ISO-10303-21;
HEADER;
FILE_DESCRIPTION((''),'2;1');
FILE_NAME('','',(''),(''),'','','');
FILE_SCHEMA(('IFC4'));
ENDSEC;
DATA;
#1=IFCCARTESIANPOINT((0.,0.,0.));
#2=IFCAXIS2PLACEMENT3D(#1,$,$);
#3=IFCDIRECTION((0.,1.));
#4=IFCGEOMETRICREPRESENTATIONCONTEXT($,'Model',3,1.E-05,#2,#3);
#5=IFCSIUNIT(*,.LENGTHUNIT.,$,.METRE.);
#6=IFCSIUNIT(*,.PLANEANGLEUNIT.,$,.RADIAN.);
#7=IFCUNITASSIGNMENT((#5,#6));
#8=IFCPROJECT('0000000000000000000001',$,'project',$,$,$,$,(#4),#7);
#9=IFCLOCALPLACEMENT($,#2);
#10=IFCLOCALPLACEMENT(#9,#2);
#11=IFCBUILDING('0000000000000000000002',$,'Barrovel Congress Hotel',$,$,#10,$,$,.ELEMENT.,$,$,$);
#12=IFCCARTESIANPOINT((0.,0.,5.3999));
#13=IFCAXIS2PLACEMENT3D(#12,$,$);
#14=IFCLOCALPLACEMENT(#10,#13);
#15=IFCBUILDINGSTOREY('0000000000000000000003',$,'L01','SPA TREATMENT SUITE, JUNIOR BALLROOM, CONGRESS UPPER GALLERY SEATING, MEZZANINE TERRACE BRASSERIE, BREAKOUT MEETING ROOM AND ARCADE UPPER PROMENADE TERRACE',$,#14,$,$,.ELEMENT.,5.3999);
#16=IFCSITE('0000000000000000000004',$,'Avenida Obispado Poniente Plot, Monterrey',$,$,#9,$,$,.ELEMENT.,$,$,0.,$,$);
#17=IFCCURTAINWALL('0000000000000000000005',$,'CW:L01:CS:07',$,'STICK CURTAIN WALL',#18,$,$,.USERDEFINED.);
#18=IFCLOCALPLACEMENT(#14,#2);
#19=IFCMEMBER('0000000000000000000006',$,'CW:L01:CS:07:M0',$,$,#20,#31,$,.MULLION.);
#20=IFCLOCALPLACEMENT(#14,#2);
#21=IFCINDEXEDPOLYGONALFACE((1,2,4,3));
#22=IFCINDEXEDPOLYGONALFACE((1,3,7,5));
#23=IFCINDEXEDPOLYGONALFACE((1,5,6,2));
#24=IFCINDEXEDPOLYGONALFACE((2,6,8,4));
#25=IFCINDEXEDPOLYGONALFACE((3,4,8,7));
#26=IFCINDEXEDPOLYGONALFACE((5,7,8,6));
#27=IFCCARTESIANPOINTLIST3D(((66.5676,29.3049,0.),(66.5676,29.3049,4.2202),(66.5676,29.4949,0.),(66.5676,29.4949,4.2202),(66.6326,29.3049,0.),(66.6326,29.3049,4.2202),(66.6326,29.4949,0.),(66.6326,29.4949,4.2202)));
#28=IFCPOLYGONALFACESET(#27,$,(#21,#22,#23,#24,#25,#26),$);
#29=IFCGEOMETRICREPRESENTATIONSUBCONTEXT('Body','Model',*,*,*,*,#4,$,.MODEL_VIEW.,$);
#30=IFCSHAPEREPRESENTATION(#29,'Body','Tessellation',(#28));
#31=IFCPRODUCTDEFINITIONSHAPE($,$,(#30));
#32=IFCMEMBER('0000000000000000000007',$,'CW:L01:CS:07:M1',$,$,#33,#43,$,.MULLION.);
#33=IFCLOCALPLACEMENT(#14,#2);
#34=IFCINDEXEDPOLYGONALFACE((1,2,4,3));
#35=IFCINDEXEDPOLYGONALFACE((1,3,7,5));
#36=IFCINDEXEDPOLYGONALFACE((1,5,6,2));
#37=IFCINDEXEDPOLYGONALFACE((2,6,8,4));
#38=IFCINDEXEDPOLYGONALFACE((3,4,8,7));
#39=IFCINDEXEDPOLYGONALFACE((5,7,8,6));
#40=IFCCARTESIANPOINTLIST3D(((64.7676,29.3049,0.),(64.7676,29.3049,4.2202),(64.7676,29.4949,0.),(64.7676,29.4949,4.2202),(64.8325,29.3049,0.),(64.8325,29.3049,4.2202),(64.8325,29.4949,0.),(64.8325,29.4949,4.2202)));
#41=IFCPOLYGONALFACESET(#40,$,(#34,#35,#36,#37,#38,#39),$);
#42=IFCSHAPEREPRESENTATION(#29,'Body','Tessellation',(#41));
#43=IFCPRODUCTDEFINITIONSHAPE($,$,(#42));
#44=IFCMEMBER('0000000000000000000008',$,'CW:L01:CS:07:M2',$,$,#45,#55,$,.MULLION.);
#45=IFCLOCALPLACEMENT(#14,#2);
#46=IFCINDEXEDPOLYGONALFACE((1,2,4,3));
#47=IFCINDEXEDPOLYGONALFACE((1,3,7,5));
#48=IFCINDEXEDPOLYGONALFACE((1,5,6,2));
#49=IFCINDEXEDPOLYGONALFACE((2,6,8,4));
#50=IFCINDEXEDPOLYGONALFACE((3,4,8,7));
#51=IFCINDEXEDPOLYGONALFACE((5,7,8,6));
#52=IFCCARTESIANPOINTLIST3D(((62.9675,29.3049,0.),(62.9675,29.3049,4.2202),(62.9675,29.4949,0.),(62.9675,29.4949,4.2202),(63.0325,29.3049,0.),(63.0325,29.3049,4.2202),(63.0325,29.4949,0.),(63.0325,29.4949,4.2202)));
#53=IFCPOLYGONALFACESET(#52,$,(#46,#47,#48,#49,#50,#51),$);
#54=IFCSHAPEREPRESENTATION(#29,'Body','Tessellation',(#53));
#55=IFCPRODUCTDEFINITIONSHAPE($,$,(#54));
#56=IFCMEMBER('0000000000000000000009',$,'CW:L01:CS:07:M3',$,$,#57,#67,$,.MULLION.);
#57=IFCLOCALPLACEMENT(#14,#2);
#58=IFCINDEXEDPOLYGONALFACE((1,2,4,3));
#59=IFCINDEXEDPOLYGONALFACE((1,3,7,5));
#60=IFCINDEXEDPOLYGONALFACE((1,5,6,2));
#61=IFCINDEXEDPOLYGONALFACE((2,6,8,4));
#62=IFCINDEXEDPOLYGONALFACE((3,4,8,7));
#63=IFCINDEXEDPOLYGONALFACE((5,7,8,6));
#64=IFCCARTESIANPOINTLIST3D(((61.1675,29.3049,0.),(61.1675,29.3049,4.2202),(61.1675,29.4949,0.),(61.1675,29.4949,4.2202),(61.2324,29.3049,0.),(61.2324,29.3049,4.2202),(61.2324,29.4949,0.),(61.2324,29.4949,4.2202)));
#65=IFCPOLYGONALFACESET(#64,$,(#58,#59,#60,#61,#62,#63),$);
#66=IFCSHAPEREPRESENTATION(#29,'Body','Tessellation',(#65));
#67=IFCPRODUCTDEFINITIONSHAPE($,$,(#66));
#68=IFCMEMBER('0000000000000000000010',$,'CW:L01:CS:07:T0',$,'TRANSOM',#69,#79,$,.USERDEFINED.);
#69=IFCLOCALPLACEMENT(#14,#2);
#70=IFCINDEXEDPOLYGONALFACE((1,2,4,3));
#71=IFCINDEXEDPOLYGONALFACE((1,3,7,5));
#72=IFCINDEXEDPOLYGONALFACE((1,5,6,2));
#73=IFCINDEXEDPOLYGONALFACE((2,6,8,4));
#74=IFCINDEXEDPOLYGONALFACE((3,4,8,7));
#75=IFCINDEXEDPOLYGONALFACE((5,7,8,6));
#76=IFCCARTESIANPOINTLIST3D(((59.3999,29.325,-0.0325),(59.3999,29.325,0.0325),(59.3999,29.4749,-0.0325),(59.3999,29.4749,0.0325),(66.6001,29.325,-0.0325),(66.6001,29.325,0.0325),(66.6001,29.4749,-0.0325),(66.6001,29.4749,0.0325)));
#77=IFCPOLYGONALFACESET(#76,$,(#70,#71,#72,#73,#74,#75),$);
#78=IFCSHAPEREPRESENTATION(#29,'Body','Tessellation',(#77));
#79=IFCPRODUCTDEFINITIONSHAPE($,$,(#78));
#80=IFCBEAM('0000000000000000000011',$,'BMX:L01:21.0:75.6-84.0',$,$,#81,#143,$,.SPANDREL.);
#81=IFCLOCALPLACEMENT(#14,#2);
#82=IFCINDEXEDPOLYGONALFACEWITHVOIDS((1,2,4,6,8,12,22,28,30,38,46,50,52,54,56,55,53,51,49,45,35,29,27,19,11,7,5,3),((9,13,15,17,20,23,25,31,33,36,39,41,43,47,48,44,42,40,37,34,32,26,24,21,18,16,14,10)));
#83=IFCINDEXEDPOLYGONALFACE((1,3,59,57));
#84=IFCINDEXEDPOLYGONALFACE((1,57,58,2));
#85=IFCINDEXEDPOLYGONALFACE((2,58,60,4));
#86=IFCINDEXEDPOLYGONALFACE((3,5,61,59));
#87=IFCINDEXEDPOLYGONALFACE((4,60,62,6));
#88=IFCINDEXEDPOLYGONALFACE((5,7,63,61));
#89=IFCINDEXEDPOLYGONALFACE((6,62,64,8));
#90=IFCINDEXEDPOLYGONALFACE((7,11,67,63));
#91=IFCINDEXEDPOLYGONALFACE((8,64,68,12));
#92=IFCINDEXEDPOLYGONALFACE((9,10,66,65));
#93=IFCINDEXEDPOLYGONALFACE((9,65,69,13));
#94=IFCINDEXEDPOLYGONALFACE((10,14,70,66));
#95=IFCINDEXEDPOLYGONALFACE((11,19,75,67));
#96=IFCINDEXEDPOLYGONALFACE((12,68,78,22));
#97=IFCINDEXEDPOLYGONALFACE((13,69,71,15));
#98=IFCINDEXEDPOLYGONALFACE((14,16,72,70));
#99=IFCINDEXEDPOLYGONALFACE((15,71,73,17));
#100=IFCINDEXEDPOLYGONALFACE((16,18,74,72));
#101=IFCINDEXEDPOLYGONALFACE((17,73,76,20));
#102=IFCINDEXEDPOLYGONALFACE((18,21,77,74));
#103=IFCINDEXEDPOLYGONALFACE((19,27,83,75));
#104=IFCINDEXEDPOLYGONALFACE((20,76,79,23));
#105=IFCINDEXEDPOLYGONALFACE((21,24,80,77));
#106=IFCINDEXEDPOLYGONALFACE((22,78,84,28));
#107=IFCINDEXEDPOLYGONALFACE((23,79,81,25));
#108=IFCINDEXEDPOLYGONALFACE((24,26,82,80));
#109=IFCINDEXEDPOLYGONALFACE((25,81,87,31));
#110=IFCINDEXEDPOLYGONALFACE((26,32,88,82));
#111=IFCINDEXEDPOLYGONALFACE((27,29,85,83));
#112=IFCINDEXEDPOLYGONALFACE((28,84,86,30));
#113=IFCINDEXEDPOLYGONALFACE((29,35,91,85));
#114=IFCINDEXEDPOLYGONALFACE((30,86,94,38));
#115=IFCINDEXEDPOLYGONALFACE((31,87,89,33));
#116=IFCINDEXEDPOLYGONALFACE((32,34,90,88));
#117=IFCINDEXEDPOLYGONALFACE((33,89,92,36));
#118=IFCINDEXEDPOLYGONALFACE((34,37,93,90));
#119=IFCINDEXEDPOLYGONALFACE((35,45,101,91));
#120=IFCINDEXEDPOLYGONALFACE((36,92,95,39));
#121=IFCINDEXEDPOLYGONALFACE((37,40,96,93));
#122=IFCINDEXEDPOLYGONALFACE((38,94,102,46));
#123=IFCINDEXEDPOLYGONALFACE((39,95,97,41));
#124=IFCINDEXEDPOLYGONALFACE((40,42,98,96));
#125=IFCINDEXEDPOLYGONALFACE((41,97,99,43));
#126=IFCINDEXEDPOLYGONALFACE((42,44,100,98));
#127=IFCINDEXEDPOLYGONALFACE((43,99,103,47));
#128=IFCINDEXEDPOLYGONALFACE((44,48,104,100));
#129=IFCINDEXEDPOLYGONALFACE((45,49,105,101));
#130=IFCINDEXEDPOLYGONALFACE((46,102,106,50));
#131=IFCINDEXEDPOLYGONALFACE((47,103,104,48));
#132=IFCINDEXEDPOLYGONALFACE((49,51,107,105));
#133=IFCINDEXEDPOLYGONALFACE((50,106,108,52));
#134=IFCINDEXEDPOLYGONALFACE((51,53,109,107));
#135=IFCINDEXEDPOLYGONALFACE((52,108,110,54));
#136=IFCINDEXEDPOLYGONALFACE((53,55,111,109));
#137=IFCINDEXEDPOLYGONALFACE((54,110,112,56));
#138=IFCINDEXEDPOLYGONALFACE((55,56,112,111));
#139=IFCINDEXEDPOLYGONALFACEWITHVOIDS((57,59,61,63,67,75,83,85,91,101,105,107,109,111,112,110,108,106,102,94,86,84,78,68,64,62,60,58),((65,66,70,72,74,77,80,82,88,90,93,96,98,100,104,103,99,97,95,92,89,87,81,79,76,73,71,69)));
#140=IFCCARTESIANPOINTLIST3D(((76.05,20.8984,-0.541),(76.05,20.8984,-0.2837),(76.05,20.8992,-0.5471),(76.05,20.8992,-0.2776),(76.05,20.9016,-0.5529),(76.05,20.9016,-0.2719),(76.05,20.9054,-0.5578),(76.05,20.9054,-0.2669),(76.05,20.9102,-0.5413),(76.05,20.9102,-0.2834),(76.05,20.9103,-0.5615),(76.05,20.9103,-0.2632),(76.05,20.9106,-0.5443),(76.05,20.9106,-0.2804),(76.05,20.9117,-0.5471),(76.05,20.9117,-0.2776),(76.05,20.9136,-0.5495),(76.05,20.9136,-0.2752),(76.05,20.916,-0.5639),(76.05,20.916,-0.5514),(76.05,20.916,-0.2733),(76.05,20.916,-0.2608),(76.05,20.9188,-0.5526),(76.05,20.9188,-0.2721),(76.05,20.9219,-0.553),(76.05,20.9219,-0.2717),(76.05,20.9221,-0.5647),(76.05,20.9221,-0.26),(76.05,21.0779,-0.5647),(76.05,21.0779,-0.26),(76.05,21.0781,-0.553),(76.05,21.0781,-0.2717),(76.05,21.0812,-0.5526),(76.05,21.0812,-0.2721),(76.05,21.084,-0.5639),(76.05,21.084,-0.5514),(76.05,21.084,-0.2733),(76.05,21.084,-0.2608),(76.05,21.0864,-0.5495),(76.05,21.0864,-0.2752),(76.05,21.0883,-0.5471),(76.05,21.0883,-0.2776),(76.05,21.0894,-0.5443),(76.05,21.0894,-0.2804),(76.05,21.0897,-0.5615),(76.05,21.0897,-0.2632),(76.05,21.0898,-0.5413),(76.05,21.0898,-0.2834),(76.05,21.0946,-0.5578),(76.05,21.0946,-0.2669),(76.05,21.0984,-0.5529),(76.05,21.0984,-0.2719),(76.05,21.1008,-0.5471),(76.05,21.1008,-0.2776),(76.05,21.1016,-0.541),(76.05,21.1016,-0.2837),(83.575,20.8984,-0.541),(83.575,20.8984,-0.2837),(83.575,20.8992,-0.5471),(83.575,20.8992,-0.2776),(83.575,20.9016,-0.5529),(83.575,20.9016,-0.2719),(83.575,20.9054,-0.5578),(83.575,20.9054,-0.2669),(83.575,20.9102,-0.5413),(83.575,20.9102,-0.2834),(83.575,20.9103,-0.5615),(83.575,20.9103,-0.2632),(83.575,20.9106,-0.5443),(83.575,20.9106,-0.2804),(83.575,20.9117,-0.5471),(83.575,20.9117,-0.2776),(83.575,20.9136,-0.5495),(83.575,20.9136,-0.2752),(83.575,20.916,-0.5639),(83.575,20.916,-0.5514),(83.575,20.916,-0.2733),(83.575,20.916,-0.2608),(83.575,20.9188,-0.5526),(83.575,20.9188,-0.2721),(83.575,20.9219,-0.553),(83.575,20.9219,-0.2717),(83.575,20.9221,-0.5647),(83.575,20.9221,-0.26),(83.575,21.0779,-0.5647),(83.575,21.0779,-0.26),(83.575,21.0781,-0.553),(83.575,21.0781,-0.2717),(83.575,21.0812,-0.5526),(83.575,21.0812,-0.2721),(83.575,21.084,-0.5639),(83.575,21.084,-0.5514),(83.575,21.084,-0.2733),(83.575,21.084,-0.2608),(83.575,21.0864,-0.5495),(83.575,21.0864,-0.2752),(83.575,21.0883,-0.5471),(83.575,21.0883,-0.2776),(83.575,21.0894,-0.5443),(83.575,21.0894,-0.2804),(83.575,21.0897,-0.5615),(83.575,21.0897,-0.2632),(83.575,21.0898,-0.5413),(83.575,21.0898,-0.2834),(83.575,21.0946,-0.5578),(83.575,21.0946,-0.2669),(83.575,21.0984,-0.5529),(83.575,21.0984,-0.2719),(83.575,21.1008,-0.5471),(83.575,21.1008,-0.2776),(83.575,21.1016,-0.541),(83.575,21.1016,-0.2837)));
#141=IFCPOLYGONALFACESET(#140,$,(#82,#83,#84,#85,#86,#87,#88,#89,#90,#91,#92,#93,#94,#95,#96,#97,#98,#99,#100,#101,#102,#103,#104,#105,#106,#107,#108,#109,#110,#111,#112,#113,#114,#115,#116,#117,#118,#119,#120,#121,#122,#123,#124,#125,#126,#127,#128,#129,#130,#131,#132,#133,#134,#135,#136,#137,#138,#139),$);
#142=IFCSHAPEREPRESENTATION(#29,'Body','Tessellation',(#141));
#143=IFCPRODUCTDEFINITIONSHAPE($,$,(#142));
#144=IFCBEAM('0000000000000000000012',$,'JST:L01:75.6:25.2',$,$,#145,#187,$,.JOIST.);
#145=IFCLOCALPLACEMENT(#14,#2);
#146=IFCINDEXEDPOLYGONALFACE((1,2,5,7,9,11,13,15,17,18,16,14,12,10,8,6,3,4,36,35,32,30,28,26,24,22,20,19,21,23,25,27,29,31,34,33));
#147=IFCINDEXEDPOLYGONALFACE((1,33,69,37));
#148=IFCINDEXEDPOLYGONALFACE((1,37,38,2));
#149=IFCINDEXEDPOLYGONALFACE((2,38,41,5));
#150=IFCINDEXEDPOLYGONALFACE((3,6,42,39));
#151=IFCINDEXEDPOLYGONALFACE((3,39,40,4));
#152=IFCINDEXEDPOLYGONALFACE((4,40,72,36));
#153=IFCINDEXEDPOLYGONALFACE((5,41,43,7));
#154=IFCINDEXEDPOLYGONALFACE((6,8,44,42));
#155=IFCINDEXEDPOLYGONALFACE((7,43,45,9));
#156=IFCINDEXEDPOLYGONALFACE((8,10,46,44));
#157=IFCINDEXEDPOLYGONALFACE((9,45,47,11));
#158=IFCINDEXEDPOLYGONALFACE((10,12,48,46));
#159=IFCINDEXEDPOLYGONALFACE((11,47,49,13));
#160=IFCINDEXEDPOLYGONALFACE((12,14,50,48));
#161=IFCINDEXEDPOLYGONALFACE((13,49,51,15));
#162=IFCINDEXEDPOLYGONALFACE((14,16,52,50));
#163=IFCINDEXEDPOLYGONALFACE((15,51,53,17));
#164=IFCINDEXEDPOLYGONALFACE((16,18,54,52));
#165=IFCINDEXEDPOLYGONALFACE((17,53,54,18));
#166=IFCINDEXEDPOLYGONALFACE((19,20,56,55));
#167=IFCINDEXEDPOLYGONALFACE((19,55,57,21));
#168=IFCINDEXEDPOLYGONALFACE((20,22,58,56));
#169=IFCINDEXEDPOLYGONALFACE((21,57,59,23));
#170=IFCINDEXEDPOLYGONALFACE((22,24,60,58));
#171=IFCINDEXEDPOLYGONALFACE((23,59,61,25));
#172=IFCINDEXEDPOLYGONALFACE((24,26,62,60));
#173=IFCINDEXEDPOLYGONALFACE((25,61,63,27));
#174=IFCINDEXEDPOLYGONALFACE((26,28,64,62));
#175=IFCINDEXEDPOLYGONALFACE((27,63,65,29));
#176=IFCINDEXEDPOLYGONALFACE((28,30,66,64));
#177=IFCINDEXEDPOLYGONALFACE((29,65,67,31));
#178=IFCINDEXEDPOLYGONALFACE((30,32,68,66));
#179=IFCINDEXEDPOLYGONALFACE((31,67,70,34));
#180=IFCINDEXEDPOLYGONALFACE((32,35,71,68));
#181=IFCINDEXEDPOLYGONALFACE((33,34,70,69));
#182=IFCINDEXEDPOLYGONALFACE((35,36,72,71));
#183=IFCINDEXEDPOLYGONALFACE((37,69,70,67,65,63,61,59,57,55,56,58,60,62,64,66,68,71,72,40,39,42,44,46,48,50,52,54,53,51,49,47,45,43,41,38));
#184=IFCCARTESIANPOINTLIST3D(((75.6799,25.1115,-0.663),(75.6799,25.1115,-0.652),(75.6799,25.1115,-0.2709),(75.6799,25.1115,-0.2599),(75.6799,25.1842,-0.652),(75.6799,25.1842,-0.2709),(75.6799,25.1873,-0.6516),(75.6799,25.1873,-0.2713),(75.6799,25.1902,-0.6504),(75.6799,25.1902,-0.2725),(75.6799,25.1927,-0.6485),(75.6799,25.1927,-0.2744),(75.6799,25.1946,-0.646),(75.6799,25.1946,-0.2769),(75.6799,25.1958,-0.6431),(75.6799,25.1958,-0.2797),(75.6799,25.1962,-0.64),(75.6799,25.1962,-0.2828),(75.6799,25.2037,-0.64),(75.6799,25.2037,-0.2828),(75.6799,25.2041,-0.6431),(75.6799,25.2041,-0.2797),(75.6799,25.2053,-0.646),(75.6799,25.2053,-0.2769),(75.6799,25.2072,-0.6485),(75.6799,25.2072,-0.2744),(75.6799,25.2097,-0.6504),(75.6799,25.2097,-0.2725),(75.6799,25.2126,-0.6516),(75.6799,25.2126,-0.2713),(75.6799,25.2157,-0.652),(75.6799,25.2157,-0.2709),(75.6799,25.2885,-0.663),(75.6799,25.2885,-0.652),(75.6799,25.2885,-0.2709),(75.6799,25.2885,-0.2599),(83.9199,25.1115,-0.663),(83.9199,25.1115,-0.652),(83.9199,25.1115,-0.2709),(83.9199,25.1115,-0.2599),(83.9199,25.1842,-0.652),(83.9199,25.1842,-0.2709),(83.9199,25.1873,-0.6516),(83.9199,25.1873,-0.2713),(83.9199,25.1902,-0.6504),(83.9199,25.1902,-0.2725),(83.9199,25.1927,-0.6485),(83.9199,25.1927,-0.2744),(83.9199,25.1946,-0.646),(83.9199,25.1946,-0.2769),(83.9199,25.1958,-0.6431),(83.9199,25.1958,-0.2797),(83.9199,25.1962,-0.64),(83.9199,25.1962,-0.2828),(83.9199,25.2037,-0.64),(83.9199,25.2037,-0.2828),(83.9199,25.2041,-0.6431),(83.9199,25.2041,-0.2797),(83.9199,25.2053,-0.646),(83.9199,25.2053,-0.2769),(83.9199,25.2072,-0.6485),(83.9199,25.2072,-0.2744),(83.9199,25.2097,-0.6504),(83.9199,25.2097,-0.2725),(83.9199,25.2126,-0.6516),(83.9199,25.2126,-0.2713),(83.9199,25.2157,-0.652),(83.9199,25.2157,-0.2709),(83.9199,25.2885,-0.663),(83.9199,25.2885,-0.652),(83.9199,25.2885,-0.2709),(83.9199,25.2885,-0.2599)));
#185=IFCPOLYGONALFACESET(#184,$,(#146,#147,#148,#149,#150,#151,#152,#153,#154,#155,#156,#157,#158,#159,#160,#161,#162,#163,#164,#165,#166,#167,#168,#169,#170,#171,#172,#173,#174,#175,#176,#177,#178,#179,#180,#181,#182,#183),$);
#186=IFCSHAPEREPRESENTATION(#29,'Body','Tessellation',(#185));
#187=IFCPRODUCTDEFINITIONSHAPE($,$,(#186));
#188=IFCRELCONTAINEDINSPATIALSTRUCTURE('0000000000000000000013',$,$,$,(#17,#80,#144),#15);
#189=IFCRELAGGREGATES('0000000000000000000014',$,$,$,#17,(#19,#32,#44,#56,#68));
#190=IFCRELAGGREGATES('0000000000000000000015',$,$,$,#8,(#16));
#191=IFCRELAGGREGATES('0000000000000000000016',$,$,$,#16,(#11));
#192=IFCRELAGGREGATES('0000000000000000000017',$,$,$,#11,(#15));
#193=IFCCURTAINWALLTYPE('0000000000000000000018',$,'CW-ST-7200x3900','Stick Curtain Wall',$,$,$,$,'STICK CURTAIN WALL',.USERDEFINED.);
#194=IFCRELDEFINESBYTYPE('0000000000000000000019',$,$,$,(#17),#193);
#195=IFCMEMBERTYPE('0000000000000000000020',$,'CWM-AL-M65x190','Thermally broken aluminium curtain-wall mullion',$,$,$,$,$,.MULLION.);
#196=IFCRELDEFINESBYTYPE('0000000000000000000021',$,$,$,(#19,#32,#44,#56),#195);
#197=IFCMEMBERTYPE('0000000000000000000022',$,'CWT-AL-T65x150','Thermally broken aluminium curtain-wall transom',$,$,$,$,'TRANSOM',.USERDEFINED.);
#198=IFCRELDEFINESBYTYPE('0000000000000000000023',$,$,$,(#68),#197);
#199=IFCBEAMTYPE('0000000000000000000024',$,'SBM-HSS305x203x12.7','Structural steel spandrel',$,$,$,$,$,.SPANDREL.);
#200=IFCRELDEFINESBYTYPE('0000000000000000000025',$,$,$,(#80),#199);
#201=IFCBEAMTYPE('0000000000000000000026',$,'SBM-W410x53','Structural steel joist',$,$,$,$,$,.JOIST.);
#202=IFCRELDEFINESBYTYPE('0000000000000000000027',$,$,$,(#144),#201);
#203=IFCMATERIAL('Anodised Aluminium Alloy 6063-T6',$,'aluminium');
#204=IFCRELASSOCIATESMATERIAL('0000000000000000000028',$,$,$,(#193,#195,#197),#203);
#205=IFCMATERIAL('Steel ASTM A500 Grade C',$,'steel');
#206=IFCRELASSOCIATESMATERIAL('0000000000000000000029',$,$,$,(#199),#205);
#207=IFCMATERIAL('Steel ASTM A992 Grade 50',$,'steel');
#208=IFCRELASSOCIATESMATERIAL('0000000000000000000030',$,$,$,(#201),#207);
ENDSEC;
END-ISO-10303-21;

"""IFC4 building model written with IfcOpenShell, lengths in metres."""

from ifc_helpers import new_model, si_unit, direction, frame, origin, origin_2d, place, context, subcontext, project, spatial, rectangle, hollow_rectangle, i_section, extrude, material, material_profile, profile_set, type_object, element, aggregate, save


model = new_model("IFC4")

# Units and contexts
model_context = context("Model", 3, precision=1e-05, world=origin(), true_north=direction((0.0, 1.0)))
body_context = subcontext(model_context, "Body", "Model", "MODEL_VIEW")
ifc_project = project(units=[si_unit("LENGTHUNIT", "METRE"), si_unit("PLANEANGLEUNIT", "RADIAN")], contexts=[model_context])

# Site, building, storey
site_placement = place(None, origin())
site = spatial("IfcSite", under=ifc_project, at=site_placement, Name="Avenida Obispado Poniente Plot, Monterrey", CompositionType="ELEMENT", RefElevation=0.0)
building_placement = place(site_placement, origin())
building = spatial("IfcBuilding", under=site, at=building_placement, Name="Barrovel Congress Hotel", CompositionType="ELEMENT")
storey_placement = place(building_placement, frame((0.0, 0.0, 5.3999)))
storey = spatial("IfcBuildingStorey", under=building, at=storey_placement, Name="L01", Description="SPA TREATMENT SUITE, JUNIOR BALLROOM, CONGRESS UPPER GALLERY SEATING, MEZZANINE TERRACE BRASSERIE, BREAKOUT MEETING ROOM AND ARCADE UPPER PROMENADE TERRACE", CompositionType="ELEMENT", Elevation=5.3999)

# Shared definitions
ifc_material_1 = material(Name="Steel ASTM A500 Grade C", Category="steel")

# Curtain wall, members
ifc_material_2 = material(Name="Anodised Aluminium Alloy 6063-T6", Category="aluminium")
curtain_wall_type = type_object("IfcCurtainWallType", Name="CW-ST-7200x3900", Description="Stick Curtain Wall", ElementType="STICK CURTAIN WALL", PredefinedType="USERDEFINED", material=ifc_material_2)
curtain_wall_placement = place(storey_placement, origin())
curtain_wall = element("IfcCurtainWall", 1, at=curtain_wall_placement, inside=storey, type_object=curtain_wall_type, Name="CW:L01:CS:07", ObjectType="STICK CURTAIN WALL", PredefinedType="USERDEFINED")
ifc_material_profile_1 = material_profile(ifc_material_2, rectangle(XDim=0.0649, YDim=0.1899, at=origin_2d()), Name="AL-M65x190")
ifc_profile_set_1 = profile_set([ifc_material_profile_1], Name="Anodised Aluminium Alloy 6063-T6")
member_type_1 = type_object("IfcMemberType", Name="CWM-AL-M65x190", Description="Thermally broken aluminium curtain-wall mullion", PredefinedType="MULLION", material=ifc_profile_set_1)
member_1_placement = place(storey_placement, frame((66.6001, 29.3999, 0.0), z_axis=(0.0, 0.0, 1.0), x_axis=(1.0, 0.0, 0.0)))
member_1 = element("IfcMember", 2, at=member_1_placement, type_object=member_type_1, Name="CW:L01:CS:07:M0", PredefinedType="MULLION", context=body_context, shape_type="SweptSolid", body=[
    extrude(rectangle(XDim=0.0649, YDim=0.1899, at=origin_2d()), origin(), (0.0, 0.0, 1.0), 4.2202),
])
member_2_placement = place(storey_placement, frame((64.8, 29.3999, 0.0), z_axis=(0.0, 0.0, 1.0), x_axis=(1.0, 0.0, 0.0)))
member_2 = element("IfcMember", 3, at=member_2_placement, type_object=member_type_1, Name="CW:L01:CS:07:M1", PredefinedType="MULLION", context=body_context, shape_type="SweptSolid", body=[
    extrude(rectangle(XDim=0.0649, YDim=0.1899, at=origin_2d()), origin(), (0.0, 0.0, 1.0), 4.2202),
])
member_3_placement = place(storey_placement, frame((63.0, 29.3999, 0.0), z_axis=(0.0, 0.0, 1.0), x_axis=(1.0, 0.0, 0.0)))
member_3 = element("IfcMember", 4, at=member_3_placement, type_object=member_type_1, Name="CW:L01:CS:07:M2", PredefinedType="MULLION", context=body_context, shape_type="SweptSolid", body=[
    extrude(rectangle(XDim=0.0649, YDim=0.1899, at=origin_2d()), origin(), (0.0, 0.0, 1.0), 4.2202),
])
member_4_placement = place(storey_placement, frame((61.2, 29.3999, 0.0), z_axis=(0.0, 0.0, 1.0), x_axis=(1.0, 0.0, 0.0)))
member_4 = element("IfcMember", 5, at=member_4_placement, type_object=member_type_1, Name="CW:L01:CS:07:M3", PredefinedType="MULLION", context=body_context, shape_type="SweptSolid", body=[
    extrude(rectangle(XDim=0.0649, YDim=0.1899, at=origin_2d()), origin(), (0.0, 0.0, 1.0), 4.2202),
])
ifc_material_profile_2 = material_profile(ifc_material_2, rectangle(XDim=0.1499, YDim=0.0649, at=origin_2d()), Name="AL-T65x150")
ifc_profile_set_2 = profile_set([ifc_material_profile_2], Name="Anodised Aluminium Alloy 6063-T6")
member_type_2 = type_object("IfcMemberType", Name="CWT-AL-T65x150", Description="Thermally broken aluminium curtain-wall transom", ElementType="TRANSOM", PredefinedType="USERDEFINED", material=ifc_profile_set_2)
member_5_placement = place(storey_placement, frame((66.6001, 29.3999, 0.0), z_axis=(-1.0, 0.0, 0.0), x_axis=(0.0, -1.0, 0.0)))
member_5 = element("IfcMember", 6, at=member_5_placement, type_object=member_type_2, Name="CW:L01:CS:07:T0", ObjectType="TRANSOM", PredefinedType="USERDEFINED", context=body_context, shape_type="SweptSolid", body=[
    extrude(rectangle(XDim=0.1499, YDim=0.0649, at=origin_2d()), origin(), (0.0, 0.0, 1.0), 7.2002),
])

# Beams
ifc_material_profile_3 = material_profile(ifc_material_1, hollow_rectangle(XDim=0.2031, YDim=0.3047, WallThickness=0.0117, InnerFilletRadius=0.0117, OuterFilletRadius=0.0237, at=origin_2d()), Name="HSS305x203x12.7")
ifc_profile_set_3 = profile_set([ifc_material_profile_3], Name="Steel ASTM A500 Grade C")
beam_type_1 = type_object("IfcBeamType", Name="SBM-HSS305x203x12.7", Description="Structural steel spandrel", PredefinedType="SPANDREL", material=ifc_profile_set_3)
beam_1_placement = place(storey_placement, frame((76.05, 21.0, -0.4124), z_axis=(1.0, 0.0, 0.0), x_axis=(0.0, 1.0, 0.0)))
element("IfcBeam", 7, at=beam_1_placement, inside=storey, type_object=beam_type_1, Name="BMX:L01:21.0:75.6-84.0", PredefinedType="SPANDREL", context=body_context, shape_type="SweptSolid", body=[
    extrude(hollow_rectangle(XDim=0.2031, YDim=0.3047, WallThickness=0.0117, InnerFilletRadius=0.0117, OuterFilletRadius=0.0237, at=origin_2d()), origin(), (0.0, 0.0, 1.0), 7.5249),
])
ifc_material_3 = material(Name="Steel ASTM A992 Grade 50", Category="steel")
ifc_material_profile_4 = material_profile(ifc_material_3, i_section(OverallWidth=0.177, OverallDepth=0.4031, WebThickness=0.0076, FlangeThickness=0.011, FilletRadius=0.012, at=origin_2d()), Name="W410x53")
ifc_profile_set_4 = profile_set([ifc_material_profile_4], Name="Steel ASTM A992 Grade 50")
beam_type_2 = type_object("IfcBeamType", Name="SBM-W410x53", Description="Structural steel joist", PredefinedType="JOIST", material=ifc_profile_set_4)
beam_2_placement = place(storey_placement, frame((75.6799, 25.2, -0.4614), z_axis=(1.0, 0.0, 0.0), x_axis=(0.0, 1.0, 0.0)))
element("IfcBeam", 8, at=beam_2_placement, inside=storey, type_object=beam_type_2, Name="JST:L01:75.6:25.2", PredefinedType="JOIST", context=body_context, shape_type="SweptSolid", body=[
    extrude(i_section(OverallWidth=0.177, OverallDepth=0.4031, WebThickness=0.0076, FlangeThickness=0.011, FilletRadius=0.012, at=origin_2d()), origin(), (0.0, 0.0, 1.0), 8.24),
])

aggregate(curtain_wall, [member_1, member_2, member_3, member_4, member_5])

save(model, "model.ifc")
